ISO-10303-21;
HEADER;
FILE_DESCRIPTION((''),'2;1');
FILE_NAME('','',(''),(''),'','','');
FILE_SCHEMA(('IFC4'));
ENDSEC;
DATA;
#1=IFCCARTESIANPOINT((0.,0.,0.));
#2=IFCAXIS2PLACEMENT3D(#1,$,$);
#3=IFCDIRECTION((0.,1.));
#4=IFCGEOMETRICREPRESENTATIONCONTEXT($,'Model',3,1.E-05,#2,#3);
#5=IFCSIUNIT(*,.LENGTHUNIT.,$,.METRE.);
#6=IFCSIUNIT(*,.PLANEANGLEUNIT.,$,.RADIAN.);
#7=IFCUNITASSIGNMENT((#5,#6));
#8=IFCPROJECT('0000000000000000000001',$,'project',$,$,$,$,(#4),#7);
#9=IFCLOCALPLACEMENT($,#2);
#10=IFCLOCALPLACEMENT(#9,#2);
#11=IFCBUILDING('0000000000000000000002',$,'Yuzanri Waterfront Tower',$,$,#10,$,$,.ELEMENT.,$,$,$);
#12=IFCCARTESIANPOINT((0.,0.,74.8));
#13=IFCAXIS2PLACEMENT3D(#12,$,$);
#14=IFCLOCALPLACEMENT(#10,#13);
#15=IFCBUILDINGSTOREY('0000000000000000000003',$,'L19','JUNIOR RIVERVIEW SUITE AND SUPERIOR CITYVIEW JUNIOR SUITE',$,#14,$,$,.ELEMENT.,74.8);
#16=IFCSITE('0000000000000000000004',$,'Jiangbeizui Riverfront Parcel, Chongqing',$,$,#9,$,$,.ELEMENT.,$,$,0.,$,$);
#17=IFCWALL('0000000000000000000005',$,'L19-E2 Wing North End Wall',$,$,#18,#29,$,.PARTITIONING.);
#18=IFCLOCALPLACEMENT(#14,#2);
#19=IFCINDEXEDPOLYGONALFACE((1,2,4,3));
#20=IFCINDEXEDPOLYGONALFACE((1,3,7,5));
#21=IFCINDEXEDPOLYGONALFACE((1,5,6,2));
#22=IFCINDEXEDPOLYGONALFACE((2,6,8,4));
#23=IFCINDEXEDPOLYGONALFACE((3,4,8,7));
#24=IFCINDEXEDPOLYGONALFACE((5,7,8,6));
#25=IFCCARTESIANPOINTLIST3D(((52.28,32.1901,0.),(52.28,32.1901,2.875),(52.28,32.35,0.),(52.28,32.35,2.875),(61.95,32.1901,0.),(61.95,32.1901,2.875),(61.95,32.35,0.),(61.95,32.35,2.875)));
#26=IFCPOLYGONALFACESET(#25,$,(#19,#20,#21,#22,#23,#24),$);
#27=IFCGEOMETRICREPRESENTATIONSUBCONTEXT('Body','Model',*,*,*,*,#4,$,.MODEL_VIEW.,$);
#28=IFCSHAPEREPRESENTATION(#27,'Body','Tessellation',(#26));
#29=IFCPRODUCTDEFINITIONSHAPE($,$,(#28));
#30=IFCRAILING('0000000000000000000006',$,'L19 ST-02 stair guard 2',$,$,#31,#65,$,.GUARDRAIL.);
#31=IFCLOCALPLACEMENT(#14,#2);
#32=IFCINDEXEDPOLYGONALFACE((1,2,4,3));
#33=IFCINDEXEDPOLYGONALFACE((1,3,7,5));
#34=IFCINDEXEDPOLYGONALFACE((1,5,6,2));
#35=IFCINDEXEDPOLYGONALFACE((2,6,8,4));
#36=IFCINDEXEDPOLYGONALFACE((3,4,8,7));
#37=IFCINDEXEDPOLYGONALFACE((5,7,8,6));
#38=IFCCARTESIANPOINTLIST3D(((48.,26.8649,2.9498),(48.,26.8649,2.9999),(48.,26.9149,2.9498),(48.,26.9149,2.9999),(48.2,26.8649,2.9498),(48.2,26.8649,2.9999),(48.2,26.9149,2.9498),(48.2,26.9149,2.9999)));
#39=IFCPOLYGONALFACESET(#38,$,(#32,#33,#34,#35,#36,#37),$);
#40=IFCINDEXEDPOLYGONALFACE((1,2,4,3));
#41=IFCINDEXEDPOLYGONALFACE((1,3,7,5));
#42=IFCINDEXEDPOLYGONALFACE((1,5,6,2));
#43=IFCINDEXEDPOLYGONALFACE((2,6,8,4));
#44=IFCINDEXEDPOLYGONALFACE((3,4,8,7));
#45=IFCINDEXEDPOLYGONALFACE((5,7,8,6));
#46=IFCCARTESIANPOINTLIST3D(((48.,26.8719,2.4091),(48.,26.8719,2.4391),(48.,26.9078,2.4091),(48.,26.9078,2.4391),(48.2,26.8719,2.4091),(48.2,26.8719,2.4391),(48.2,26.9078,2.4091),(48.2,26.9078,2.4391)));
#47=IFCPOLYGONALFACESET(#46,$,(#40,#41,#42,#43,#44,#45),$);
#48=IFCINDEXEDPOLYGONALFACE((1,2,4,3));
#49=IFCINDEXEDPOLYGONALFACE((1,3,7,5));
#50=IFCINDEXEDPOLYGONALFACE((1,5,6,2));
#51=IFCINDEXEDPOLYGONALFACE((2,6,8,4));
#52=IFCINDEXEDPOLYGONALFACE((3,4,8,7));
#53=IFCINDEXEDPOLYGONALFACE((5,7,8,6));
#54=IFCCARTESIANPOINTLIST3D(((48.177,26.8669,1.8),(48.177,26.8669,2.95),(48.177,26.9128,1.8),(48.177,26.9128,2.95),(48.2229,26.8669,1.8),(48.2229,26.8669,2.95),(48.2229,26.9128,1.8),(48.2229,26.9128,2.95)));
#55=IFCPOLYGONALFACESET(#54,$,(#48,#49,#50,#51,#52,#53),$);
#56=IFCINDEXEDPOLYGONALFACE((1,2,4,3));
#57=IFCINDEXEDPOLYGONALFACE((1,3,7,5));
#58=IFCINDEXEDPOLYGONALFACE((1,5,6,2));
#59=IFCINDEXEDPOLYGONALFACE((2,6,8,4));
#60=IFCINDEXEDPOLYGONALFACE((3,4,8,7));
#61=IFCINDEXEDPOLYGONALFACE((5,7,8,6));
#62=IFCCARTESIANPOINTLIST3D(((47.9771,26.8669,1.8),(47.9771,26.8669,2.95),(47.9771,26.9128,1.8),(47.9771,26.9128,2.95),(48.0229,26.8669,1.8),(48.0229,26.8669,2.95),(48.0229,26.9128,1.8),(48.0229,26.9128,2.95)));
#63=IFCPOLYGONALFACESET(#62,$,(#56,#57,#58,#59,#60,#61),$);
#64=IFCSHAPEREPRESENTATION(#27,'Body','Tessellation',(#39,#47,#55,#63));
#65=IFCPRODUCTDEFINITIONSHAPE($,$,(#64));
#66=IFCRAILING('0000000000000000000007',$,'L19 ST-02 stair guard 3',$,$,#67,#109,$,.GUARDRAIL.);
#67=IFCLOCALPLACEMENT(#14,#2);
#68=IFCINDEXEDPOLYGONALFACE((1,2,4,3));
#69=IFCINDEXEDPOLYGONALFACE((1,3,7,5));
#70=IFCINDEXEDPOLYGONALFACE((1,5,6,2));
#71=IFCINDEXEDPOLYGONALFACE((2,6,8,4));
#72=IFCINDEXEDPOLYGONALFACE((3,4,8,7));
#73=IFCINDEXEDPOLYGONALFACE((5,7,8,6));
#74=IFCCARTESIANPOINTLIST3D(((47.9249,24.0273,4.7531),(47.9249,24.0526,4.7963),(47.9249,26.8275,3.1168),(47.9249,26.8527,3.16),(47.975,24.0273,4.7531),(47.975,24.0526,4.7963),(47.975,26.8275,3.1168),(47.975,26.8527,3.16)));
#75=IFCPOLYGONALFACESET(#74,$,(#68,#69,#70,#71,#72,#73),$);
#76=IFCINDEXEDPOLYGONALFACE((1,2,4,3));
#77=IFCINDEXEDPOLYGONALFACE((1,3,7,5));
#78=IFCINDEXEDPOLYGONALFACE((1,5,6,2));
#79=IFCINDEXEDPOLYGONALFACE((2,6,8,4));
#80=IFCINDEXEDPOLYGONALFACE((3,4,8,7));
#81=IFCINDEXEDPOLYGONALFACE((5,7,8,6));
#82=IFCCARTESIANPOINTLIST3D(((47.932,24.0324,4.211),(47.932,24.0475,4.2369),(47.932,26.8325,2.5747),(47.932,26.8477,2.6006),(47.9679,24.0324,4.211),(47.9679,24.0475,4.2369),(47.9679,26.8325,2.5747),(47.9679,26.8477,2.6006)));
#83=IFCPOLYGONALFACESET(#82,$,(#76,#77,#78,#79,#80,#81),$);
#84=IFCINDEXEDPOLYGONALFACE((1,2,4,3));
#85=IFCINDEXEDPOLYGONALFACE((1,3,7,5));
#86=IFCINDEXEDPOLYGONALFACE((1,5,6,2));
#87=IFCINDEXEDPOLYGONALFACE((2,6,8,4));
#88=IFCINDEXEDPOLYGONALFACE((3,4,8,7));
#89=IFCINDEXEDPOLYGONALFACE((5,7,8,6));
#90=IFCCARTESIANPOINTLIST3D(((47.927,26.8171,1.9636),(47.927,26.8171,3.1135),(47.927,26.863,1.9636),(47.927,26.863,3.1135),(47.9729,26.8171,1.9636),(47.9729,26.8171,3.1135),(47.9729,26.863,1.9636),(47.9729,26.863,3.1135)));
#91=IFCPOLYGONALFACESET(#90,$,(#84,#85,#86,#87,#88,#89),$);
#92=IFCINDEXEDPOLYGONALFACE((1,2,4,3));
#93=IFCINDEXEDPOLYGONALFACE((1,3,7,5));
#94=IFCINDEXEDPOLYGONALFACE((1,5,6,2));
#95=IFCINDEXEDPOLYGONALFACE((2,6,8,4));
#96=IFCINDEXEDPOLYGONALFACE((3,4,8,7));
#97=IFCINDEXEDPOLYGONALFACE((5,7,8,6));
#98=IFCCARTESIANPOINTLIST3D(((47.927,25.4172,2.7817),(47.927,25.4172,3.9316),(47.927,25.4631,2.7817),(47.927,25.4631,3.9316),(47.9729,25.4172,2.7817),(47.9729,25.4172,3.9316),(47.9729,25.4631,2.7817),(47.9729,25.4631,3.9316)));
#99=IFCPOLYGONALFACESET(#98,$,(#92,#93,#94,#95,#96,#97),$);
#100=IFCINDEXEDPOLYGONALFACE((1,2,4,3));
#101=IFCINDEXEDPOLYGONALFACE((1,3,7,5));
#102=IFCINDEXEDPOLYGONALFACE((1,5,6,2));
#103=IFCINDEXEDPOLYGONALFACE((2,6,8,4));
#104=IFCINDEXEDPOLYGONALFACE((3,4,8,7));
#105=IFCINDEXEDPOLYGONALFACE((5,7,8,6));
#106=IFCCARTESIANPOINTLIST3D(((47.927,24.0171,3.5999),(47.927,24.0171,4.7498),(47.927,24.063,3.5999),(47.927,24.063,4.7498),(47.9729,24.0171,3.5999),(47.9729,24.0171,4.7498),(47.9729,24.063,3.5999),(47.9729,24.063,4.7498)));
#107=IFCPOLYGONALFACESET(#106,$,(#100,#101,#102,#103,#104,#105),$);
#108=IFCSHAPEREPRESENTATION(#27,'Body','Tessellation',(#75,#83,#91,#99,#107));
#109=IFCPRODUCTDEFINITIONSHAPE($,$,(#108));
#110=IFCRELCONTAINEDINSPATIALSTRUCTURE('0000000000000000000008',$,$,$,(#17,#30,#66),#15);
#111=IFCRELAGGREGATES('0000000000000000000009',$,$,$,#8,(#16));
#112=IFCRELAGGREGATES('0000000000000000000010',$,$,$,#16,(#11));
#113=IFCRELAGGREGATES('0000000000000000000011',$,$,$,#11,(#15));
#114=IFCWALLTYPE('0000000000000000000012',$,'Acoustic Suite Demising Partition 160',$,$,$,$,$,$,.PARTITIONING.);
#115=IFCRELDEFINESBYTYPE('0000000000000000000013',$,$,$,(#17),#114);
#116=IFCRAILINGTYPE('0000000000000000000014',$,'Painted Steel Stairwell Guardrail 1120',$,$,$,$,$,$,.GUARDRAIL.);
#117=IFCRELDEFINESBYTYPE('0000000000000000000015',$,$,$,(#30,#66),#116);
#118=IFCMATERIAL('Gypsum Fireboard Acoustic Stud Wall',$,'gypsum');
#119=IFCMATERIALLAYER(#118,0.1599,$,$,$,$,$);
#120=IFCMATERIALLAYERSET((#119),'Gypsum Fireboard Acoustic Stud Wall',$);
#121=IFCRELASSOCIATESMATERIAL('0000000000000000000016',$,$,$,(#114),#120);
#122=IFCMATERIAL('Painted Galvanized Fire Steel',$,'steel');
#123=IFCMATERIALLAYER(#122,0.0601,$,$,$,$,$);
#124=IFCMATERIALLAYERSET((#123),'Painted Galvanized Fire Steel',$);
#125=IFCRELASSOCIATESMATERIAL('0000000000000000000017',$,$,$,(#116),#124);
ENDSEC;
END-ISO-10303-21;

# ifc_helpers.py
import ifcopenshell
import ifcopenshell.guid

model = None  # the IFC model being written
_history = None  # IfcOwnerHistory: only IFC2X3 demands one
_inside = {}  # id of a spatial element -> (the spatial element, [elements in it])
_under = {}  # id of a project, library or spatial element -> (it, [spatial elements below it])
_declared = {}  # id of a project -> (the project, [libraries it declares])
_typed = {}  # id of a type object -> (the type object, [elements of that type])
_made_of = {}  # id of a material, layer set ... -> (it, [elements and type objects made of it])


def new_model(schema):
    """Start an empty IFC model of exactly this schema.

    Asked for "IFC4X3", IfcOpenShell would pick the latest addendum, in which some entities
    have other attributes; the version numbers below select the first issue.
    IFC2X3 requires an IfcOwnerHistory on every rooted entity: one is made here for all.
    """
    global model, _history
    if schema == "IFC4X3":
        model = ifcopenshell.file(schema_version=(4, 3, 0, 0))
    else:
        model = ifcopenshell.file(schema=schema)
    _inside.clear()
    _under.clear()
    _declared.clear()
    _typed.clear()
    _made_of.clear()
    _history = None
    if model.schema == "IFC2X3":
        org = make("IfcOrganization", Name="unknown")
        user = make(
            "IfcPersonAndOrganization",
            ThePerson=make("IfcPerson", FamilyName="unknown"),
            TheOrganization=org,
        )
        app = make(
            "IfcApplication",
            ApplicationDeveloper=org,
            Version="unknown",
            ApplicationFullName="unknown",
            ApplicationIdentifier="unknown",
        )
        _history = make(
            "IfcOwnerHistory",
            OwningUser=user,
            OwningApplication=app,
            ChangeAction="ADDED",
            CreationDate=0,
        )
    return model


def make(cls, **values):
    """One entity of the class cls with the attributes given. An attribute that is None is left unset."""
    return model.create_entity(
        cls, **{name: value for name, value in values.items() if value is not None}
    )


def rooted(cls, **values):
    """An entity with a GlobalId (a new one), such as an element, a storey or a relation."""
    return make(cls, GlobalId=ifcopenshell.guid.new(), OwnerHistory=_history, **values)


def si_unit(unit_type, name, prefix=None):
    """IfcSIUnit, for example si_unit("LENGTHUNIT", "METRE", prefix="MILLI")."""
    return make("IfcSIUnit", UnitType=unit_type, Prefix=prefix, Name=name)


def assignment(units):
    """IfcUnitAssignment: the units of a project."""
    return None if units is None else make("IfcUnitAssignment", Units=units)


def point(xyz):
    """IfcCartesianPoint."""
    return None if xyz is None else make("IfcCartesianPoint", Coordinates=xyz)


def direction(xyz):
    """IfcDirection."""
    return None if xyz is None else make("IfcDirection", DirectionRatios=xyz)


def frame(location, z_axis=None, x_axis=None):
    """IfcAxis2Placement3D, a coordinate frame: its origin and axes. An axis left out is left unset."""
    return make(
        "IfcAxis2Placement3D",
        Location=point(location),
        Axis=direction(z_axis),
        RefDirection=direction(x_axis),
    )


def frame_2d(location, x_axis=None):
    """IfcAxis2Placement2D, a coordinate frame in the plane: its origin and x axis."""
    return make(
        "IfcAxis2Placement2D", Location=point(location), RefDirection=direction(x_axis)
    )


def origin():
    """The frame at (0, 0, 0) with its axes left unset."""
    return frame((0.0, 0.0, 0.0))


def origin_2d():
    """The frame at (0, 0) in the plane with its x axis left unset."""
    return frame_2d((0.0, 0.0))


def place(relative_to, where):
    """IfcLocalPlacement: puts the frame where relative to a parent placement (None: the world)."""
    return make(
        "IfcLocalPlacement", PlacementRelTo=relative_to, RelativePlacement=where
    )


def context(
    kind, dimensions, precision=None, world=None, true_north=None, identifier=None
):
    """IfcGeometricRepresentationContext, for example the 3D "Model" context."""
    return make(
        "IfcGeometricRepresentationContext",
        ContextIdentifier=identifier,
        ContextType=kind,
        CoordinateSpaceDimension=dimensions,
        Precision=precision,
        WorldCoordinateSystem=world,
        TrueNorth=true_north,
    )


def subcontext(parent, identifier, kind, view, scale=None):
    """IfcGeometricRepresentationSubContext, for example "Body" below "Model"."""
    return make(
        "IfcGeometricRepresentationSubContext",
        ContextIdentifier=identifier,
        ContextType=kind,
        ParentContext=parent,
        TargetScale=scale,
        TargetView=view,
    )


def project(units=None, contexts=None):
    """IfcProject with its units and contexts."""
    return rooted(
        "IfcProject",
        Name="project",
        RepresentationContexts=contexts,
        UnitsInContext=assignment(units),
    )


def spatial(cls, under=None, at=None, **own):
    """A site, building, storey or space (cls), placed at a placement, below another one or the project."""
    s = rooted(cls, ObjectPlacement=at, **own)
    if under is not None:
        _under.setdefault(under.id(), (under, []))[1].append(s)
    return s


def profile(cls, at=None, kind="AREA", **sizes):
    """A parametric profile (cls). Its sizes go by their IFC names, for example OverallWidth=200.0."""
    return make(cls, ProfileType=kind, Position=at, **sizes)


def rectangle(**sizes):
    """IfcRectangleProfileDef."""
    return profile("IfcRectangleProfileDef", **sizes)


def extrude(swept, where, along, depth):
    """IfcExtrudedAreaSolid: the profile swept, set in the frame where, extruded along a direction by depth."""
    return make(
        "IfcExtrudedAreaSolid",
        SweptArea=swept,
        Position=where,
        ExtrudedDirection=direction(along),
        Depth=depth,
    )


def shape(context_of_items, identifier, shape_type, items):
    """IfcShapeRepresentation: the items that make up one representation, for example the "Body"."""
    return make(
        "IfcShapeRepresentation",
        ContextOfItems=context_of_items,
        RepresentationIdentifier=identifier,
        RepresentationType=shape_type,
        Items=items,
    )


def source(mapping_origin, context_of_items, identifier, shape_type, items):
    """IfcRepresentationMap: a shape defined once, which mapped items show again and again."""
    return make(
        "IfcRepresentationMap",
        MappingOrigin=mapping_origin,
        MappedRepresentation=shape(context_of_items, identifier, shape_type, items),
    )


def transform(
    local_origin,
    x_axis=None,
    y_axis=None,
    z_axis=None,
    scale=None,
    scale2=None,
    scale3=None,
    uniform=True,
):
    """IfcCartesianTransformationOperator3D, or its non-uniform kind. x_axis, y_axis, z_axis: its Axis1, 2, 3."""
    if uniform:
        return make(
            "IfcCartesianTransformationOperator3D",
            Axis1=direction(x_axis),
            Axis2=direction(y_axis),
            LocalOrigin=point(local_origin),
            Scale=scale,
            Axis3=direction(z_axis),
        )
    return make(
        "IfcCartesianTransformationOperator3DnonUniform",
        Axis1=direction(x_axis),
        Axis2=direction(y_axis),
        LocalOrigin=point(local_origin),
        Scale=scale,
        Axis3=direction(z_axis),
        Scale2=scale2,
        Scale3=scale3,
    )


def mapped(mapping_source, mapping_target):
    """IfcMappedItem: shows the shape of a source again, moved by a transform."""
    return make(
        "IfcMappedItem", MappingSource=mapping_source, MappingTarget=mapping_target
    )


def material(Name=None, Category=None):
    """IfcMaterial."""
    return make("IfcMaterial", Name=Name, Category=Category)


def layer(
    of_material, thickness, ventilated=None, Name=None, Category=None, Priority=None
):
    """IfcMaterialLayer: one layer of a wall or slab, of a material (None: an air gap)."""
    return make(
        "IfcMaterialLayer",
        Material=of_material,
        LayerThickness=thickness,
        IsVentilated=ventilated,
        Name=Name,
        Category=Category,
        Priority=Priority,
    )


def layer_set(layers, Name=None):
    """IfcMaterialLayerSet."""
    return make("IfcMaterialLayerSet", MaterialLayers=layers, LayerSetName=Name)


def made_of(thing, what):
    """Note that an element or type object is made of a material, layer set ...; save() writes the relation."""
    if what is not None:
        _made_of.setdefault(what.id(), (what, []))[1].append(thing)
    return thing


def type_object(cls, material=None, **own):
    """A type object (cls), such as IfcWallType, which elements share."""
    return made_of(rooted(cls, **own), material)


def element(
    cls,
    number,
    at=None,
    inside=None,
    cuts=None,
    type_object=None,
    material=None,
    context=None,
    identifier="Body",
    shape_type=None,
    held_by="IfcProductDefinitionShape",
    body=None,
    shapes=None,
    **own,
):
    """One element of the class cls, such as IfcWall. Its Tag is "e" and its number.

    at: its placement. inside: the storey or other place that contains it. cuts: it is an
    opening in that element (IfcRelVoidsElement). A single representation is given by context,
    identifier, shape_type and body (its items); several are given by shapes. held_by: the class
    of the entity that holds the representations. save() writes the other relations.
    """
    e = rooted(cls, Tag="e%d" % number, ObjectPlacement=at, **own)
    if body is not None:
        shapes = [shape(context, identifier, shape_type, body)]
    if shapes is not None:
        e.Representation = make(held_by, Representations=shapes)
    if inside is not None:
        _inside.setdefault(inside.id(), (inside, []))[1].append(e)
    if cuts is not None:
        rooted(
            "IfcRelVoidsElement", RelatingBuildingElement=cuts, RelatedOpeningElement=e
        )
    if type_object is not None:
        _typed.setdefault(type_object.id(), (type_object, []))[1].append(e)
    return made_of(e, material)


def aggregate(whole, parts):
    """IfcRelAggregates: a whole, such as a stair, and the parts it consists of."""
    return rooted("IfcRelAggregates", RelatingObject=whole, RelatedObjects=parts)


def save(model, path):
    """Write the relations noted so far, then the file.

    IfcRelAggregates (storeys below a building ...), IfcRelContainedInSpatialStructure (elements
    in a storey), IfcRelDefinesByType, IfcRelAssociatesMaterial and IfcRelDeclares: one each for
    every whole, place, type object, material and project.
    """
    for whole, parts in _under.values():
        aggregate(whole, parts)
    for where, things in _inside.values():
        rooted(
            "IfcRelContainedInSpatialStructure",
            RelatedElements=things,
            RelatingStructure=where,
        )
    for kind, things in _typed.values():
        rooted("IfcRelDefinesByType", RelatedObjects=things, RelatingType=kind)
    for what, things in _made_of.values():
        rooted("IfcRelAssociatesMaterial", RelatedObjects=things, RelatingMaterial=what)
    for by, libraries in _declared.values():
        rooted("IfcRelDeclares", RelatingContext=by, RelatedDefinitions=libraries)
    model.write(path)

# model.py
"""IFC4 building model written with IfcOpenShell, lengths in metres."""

from ifc_helpers import new_model, si_unit, direction, frame, frame_2d, origin, origin_2d, place, context, subcontext, project, spatial, rectangle, extrude, source, transform, mapped, material, layer, layer_set, type_object, element, save


model = new_model("IFC4")

# Units and contexts
model_context = context("Model", 3, precision=1e-05, world=origin(), true_north=direction((0.0, 1.0)))
body_context = subcontext(model_context, "Body", "Model", "MODEL_VIEW")
ifc_project = project(units=[si_unit("LENGTHUNIT", "METRE"), si_unit("PLANEANGLEUNIT", "RADIAN")], contexts=[model_context])

# Site, building, storey
site_placement = place(None, origin())
site = spatial("IfcSite", under=ifc_project, at=site_placement, Name="Jiangbeizui Riverfront Parcel, Chongqing", CompositionType="ELEMENT", RefElevation=0.0)
building_placement = place(site_placement, origin())
building = spatial("IfcBuilding", under=site, at=building_placement, Name="Yuzanri Waterfront Tower", CompositionType="ELEMENT")
storey_placement = place(building_placement, frame((0.0, 0.0, 74.8)))
storey = spatial("IfcBuildingStorey", under=building, at=storey_placement, Name="L19", Description="JUNIOR RIVERVIEW SUITE AND SUPERIOR CITYVIEW JUNIOR SUITE", CompositionType="ELEMENT", Elevation=74.8)

# Wall
ifc_material_1 = material(Name="Gypsum Fireboard Acoustic Stud Wall", Category="gypsum")
ifc_layer_1 = layer(ifc_material_1, 0.1599)
ifc_layer_set_1 = layer_set([ifc_layer_1], Name="Gypsum Fireboard Acoustic Stud Wall")
wall_type_1 = type_object("IfcWallType", Name="Acoustic Suite Demising Partition 160", PredefinedType="PARTITIONING", material=ifc_layer_set_1)
shared_shape_1 = source(origin(), body_context, "Body", "SweptSolid", [
    extrude(rectangle(XDim=9.6699, YDim=0.1599, at=frame_2d((4.835, 0.0))), origin(), (0.0, 0.0, 1.0), 2.875),
])
wall_1_placement = place(storey_placement, frame((52.28, 32.27, 0.0), z_axis=(0.0, 0.0, 1.0), x_axis=(1.0, 0.0, 0.0)))
element("IfcWall", 1, at=wall_1_placement, inside=storey, type_object=wall_type_1, Name="L19-E2 Wing North End Wall", PredefinedType="PARTITIONING", context=body_context, shape_type="MappedRepresentation", body=[
    mapped(shared_shape_1, transform((0.0, 0.0, 0.0), scale=1.0)),
])

# Railings
ifc_material_2 = material(Name="Painted Galvanized Fire Steel", Category="steel")
ifc_layer_2 = layer(ifc_material_2, 0.0601)
ifc_layer_set_2 = layer_set([ifc_layer_2], Name="Painted Galvanized Fire Steel")
railing_type = type_object("IfcRailingType", Name="Painted Steel Stairwell Guardrail 1120", PredefinedType="GUARDRAIL", material=ifc_layer_set_2)
shared_shape_2 = source(origin(), body_context, "Body", "SweptSolid", [
    extrude(rectangle(XDim=0.05, YDim=0.05, at=origin_2d()), frame((0.0, 0.0, 1.1748), z_axis=(-1.0, 0.0, 0.0), x_axis=(0.0, -1.0, 0.0)), (0.0, 0.0, 1.0), 0.2),
    extrude(rectangle(XDim=0.0359, YDim=0.03, at=origin_2d()), frame((0.0, 0.0, 0.624), z_axis=(-1.0, 0.0, 0.0), x_axis=(0.0, -1.0, 0.0)), (0.0, 0.0, 1.0), 0.2),
    extrude(rectangle(XDim=0.0459, YDim=0.0459, at=origin_2d()), origin(), (0.0, 0.0, 1.0), 1.1499),
    extrude(rectangle(XDim=0.0459, YDim=0.0459, at=origin_2d()), frame((-0.2, 0.0, 0.0)), (0.0, 0.0, 1.0), 1.1499),
])
railing_1_placement = place(storey_placement, frame((48.2, 26.8899, 1.8)))
element("IfcRailing", 2, at=railing_1_placement, inside=storey, type_object=railing_type, Name="L19 ST-02 stair guard 2", PredefinedType="GUARDRAIL", context=body_context, shape_type="MappedRepresentation", body=[
    mapped(shared_shape_2, transform((0.0, 0.0, 0.0), scale=1.0)),
])
shared_shape_3 = source(origin(), body_context, "Body", "SweptSolid", [
    extrude(rectangle(XDim=0.05, YDim=0.05, at=origin_2d()), frame((0.0, 0.0, 1.1748), z_axis=(0.0, -0.863394, 0.504531), x_axis=(1.0, 0.0, 0.0)), (0.0, 0.0, 1.0), 3.2432),
    extrude(rectangle(XDim=0.0359, YDim=0.03, at=origin_2d()), frame((0.0, 0.0, 0.624), z_axis=(0.0, -0.863394, 0.504531), x_axis=(1.0, 0.0, 0.0)), (0.0, 0.0, 1.0), 3.2432),
    extrude(rectangle(XDim=0.0459, YDim=0.0459, at=origin_2d()), origin(), (0.0, 0.0, 1.0), 1.1499),
    extrude(rectangle(XDim=0.0459, YDim=0.0459, at=origin_2d()), frame((0.0, -1.3999, 0.8181)), (0.0, 0.0, 1.0), 1.1499),
    extrude(rectangle(XDim=0.0459, YDim=0.0459, at=origin_2d()), frame((0.0, -2.8, 1.6362)), (0.0, 0.0, 1.0), 1.1499),
])
railing_2_placement = place(storey_placement, frame((47.95, 26.8401, 1.9636)))
element("IfcRailing", 3, at=railing_2_placement, inside=storey, type_object=railing_type, Name="L19 ST-02 stair guard 3", PredefinedType="GUARDRAIL", context=body_context, shape_type="MappedRepresentation", body=[
    mapped(shared_shape_3, transform((0.0, 0.0, 0.0), scale=1.0)),
])

save(model, "model.ifc")
